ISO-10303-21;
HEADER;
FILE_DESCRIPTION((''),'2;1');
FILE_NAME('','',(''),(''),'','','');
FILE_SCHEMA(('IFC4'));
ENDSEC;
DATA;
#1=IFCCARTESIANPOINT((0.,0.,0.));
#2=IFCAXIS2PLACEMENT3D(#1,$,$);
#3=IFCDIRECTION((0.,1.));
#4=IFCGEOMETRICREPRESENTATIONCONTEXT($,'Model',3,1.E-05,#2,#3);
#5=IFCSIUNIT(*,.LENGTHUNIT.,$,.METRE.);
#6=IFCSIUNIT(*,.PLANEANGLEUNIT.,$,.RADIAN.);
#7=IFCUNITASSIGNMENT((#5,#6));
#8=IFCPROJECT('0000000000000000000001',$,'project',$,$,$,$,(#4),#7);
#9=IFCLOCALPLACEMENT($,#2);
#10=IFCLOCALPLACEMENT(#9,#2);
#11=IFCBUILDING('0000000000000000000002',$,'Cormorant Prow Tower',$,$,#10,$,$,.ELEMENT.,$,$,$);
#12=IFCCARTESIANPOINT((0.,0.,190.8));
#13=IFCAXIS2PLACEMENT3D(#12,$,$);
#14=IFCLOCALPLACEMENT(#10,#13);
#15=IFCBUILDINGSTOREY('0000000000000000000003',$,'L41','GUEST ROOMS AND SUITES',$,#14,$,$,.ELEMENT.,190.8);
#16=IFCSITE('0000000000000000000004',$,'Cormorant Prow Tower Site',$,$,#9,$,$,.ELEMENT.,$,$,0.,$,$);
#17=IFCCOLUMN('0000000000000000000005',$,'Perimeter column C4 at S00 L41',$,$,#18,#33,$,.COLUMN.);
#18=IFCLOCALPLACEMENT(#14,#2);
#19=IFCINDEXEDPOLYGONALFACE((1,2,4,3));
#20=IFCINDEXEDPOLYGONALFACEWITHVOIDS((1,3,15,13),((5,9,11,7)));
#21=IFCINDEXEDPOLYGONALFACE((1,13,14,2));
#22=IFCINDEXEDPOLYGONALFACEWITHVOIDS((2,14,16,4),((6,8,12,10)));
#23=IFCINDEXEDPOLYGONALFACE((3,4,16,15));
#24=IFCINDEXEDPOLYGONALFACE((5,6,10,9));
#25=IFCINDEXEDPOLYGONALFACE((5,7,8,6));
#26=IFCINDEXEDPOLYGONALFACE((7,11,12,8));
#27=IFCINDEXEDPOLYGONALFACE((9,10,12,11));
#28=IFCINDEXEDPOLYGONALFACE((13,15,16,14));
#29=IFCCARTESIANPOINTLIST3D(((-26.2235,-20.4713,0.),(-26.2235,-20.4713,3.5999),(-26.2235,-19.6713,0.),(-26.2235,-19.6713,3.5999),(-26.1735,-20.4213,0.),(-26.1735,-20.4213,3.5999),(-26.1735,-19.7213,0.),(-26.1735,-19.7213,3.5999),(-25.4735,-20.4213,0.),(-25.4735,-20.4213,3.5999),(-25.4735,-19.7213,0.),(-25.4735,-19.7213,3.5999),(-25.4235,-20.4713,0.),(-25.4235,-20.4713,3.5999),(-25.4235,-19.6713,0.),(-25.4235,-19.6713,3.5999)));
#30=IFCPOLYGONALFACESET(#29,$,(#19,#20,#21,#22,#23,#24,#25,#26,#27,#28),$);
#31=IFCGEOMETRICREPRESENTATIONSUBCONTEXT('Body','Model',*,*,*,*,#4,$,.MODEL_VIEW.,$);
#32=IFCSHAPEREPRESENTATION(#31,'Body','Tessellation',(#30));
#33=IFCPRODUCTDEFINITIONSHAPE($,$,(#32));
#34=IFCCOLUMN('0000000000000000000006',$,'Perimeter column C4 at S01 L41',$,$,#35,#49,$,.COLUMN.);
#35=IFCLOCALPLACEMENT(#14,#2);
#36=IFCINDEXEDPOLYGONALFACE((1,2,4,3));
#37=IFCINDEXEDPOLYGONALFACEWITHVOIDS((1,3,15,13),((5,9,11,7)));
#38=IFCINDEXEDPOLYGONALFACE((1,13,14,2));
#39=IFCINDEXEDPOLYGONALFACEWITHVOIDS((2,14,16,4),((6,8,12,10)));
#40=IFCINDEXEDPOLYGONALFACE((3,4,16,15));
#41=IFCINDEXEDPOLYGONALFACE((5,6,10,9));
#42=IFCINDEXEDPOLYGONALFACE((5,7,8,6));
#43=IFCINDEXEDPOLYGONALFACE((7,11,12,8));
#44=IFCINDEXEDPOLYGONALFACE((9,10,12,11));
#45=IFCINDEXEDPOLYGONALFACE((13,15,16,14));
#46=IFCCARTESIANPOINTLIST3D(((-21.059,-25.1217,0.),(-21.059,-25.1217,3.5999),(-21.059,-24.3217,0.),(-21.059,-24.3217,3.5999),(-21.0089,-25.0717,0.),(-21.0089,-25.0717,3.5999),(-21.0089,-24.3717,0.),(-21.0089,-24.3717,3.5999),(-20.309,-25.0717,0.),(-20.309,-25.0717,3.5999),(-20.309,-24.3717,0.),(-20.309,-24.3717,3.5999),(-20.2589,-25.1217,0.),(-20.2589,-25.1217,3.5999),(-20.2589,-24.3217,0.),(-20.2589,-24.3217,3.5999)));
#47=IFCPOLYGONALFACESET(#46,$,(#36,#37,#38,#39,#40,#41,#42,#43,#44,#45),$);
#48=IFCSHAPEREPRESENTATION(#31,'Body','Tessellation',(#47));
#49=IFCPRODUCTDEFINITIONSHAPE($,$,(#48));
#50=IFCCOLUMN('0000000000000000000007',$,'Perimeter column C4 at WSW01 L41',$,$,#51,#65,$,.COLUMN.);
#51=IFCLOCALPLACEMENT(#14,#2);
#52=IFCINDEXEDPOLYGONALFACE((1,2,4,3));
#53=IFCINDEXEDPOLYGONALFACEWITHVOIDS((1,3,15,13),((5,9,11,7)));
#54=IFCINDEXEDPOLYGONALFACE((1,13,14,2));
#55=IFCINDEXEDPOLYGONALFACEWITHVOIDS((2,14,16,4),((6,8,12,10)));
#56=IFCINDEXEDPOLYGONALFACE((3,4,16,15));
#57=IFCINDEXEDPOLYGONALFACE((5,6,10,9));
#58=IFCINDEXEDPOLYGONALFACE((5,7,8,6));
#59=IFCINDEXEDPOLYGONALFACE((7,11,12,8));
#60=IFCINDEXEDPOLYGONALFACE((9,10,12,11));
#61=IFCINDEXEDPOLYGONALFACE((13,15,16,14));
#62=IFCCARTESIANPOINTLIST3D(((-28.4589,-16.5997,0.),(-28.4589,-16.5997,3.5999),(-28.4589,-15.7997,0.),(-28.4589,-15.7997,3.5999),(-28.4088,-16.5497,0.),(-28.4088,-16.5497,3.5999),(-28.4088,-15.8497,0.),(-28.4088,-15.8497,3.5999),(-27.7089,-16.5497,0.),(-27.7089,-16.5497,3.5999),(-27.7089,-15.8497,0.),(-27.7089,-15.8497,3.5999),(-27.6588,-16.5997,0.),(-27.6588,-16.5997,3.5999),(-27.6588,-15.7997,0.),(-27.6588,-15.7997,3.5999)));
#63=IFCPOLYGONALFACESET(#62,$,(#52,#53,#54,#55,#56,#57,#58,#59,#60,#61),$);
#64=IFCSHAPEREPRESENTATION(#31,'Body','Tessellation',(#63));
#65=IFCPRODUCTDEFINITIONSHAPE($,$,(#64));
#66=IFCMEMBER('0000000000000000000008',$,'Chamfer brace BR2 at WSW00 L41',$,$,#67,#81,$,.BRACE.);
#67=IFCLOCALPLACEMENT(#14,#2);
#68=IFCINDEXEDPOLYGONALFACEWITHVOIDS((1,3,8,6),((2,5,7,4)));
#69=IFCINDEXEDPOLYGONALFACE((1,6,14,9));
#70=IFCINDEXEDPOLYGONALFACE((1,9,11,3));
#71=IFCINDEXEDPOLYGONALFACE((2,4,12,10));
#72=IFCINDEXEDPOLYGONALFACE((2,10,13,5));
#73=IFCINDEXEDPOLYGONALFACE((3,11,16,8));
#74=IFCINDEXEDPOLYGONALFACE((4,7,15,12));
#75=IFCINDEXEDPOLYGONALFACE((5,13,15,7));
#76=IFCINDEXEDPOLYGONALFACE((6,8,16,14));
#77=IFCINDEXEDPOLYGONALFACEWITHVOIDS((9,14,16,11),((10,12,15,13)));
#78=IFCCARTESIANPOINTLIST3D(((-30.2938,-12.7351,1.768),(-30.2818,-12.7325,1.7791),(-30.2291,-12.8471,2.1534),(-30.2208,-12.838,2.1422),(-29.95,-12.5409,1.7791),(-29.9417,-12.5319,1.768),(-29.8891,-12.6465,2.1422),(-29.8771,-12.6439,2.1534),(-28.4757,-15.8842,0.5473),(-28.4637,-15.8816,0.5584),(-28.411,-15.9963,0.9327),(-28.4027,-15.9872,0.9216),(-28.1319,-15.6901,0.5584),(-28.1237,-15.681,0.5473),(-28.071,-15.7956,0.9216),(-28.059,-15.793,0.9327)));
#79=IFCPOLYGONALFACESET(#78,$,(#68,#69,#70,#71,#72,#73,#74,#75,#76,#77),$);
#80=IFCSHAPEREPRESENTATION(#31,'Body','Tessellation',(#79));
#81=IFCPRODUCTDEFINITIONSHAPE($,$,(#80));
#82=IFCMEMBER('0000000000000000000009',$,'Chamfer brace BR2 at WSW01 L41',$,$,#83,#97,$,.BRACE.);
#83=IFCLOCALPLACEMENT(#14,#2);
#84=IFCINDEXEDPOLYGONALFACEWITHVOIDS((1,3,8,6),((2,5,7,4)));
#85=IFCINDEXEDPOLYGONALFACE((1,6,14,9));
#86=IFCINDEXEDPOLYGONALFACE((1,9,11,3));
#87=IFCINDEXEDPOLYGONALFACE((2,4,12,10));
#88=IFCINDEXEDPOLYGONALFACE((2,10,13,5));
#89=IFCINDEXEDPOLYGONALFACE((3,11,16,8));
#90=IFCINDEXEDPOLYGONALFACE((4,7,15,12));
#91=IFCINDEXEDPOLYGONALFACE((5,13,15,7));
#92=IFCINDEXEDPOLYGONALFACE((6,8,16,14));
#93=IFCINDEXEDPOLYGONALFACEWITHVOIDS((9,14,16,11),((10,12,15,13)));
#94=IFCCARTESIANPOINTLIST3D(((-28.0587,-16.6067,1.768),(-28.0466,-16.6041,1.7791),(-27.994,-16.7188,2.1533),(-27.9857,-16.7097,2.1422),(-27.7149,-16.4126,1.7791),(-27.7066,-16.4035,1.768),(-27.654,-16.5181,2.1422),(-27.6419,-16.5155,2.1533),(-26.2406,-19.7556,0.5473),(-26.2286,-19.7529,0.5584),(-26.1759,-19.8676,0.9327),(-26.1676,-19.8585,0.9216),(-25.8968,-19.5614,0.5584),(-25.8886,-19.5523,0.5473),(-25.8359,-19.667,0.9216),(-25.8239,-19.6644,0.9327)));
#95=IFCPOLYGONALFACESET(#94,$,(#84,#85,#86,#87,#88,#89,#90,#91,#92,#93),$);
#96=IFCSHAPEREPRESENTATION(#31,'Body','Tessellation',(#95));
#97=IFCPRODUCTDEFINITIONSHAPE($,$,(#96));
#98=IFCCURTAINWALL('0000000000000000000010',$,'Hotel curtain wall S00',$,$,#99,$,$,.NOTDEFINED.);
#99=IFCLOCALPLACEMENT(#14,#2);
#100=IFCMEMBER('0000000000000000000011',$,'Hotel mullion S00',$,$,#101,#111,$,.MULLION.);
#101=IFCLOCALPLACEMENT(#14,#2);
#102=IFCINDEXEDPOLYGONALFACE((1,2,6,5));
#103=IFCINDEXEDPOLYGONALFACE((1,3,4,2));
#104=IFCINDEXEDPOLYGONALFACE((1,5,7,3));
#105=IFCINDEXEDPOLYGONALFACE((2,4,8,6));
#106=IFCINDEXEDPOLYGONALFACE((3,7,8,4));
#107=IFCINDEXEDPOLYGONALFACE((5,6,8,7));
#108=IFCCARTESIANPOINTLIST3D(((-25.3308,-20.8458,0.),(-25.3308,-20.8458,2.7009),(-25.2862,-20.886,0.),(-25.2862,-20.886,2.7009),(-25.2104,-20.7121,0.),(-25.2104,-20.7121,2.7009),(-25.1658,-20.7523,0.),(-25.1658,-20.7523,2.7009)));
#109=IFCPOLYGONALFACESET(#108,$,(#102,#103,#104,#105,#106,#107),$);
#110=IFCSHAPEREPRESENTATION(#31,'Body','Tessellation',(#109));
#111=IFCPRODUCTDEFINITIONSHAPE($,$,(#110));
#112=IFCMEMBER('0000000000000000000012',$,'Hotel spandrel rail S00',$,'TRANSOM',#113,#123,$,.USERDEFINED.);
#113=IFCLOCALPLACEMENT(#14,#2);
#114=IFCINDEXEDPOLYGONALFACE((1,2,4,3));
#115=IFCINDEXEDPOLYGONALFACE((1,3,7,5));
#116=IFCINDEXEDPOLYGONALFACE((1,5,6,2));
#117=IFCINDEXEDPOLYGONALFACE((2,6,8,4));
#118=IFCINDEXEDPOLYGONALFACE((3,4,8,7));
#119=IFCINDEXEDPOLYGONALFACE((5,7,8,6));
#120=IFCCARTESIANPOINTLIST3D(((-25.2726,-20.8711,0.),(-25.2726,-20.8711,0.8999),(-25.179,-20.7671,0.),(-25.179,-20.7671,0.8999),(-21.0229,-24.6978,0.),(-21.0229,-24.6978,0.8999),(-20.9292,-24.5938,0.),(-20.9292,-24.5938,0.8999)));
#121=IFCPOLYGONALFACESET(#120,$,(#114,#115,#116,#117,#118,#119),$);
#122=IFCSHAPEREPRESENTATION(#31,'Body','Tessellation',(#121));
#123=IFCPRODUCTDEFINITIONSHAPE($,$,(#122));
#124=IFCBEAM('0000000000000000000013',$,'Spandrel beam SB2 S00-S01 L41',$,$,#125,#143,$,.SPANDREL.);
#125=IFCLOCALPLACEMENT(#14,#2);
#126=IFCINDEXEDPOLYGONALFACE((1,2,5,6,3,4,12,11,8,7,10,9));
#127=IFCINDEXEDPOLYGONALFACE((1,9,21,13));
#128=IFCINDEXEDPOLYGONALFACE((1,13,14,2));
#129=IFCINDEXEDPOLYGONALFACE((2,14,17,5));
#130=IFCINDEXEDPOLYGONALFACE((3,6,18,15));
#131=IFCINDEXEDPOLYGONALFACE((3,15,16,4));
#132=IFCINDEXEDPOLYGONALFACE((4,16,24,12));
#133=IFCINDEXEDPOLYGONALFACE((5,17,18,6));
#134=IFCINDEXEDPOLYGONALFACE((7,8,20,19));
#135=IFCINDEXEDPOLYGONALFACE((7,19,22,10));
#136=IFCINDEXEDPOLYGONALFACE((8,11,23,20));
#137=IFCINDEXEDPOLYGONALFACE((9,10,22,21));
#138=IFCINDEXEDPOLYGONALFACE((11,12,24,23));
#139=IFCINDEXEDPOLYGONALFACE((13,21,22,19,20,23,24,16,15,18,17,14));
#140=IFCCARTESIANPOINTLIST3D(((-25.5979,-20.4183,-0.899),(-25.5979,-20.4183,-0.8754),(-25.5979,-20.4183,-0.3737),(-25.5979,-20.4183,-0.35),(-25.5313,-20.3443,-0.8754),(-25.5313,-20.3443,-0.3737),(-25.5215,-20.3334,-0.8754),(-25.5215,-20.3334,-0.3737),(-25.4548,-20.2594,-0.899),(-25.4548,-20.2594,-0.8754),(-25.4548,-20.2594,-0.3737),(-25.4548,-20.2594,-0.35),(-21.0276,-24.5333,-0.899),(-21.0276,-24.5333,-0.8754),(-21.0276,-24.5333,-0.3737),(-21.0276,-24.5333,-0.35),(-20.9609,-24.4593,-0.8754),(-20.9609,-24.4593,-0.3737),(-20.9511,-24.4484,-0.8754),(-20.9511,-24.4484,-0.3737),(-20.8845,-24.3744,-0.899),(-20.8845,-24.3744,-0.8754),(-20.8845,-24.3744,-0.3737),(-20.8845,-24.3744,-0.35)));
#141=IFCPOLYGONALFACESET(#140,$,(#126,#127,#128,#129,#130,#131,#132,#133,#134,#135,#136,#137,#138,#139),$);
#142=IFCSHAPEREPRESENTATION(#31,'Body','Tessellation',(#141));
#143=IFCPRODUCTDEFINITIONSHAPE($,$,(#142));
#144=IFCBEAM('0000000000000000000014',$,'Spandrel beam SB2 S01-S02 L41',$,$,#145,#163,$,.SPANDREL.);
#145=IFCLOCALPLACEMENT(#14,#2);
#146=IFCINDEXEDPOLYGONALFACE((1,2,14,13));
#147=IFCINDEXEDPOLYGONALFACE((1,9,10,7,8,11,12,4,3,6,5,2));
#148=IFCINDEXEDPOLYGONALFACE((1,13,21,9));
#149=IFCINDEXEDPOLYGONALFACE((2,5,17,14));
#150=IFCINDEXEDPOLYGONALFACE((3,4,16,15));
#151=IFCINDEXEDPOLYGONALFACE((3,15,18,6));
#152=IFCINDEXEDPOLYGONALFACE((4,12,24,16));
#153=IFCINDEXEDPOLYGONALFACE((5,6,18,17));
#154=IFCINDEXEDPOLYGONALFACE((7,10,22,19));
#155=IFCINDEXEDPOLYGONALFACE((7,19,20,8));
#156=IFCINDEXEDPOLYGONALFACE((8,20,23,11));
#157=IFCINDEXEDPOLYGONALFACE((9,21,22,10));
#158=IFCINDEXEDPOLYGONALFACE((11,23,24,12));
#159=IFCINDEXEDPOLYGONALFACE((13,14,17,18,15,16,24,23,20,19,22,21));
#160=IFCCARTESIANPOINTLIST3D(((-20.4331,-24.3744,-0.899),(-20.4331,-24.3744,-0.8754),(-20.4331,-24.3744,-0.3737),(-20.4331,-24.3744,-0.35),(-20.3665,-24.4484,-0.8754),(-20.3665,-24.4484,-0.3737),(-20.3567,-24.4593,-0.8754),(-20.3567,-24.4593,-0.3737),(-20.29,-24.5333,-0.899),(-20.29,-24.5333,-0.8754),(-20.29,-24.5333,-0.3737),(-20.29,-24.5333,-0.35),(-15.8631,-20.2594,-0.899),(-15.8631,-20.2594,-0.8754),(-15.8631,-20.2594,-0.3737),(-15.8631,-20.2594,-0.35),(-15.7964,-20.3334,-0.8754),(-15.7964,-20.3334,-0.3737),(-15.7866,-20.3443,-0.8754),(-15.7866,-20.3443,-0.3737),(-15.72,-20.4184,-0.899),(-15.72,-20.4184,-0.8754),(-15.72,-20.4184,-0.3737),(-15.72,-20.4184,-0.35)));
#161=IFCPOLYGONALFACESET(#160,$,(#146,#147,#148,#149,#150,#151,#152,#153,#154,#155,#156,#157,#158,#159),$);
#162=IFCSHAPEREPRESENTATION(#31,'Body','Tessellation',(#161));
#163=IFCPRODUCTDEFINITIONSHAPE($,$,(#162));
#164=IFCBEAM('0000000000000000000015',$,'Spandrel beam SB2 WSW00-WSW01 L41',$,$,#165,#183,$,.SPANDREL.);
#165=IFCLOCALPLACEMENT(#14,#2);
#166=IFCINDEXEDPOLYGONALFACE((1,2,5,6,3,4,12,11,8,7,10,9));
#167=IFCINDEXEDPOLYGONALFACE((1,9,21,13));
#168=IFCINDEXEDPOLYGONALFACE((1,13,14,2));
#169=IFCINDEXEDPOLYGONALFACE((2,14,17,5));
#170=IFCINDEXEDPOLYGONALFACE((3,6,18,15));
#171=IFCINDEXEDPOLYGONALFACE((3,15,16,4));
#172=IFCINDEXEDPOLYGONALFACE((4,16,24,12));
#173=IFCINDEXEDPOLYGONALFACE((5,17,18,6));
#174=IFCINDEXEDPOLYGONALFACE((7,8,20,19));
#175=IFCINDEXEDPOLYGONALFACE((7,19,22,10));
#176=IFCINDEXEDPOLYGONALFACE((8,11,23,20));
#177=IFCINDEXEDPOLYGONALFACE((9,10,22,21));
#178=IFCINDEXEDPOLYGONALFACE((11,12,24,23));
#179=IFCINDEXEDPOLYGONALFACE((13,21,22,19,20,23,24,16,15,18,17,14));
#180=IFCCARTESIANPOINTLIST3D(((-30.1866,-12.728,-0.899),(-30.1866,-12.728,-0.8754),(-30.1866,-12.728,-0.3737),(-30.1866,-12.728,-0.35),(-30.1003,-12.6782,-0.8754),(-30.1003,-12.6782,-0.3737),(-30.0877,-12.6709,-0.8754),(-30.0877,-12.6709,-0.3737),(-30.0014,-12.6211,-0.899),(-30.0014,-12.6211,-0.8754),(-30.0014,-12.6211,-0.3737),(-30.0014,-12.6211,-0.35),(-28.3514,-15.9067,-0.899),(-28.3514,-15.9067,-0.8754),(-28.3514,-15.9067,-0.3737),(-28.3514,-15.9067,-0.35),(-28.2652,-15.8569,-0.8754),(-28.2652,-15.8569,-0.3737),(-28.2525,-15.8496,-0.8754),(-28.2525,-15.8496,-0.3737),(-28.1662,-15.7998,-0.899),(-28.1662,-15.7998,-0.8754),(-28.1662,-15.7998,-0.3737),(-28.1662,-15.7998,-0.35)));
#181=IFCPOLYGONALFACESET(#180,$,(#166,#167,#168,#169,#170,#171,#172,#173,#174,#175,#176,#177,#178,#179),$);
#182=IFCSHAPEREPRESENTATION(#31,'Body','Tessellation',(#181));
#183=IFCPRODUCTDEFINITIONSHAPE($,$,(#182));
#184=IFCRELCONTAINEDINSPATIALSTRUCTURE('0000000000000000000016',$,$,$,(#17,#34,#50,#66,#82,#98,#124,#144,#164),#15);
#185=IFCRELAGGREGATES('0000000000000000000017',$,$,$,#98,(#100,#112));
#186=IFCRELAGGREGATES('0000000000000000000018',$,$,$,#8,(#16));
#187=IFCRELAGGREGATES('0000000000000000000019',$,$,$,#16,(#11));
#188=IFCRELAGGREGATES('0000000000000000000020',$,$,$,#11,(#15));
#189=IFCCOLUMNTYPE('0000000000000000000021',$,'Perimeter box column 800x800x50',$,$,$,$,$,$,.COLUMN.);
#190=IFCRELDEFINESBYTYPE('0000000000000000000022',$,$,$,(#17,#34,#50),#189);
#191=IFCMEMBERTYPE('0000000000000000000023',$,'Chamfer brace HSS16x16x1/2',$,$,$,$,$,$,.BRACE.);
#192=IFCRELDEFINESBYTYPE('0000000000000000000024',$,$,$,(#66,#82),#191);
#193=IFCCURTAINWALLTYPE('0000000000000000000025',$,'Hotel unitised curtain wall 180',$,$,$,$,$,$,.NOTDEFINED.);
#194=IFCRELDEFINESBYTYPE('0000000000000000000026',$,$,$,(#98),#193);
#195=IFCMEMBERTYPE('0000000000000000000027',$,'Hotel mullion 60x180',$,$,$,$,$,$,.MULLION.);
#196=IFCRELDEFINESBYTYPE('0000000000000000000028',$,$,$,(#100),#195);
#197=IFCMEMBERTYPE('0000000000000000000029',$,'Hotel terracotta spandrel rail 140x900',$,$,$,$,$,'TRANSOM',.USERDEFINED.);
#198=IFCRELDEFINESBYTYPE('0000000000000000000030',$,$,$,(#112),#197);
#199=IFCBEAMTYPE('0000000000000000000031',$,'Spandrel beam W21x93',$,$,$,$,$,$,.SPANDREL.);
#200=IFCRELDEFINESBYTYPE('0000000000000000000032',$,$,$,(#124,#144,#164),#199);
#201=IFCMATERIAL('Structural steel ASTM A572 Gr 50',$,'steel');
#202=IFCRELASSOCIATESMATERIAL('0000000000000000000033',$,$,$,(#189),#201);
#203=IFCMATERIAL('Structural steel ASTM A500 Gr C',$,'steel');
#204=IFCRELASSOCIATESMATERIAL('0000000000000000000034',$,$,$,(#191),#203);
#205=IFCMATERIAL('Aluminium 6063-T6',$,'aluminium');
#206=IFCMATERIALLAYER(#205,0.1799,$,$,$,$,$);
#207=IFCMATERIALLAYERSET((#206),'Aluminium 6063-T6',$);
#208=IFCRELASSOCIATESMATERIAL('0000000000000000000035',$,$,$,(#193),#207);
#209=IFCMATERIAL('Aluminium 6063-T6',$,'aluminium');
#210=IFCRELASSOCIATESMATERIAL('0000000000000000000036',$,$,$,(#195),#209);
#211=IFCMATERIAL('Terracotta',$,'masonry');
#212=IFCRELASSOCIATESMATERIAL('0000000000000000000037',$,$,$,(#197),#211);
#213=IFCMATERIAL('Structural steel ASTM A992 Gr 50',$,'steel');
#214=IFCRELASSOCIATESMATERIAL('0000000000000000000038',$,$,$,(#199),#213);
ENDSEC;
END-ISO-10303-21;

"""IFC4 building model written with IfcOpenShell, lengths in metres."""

from ifc_helpers import new_model, si_unit, direction, frame, origin, origin_2d, place, context, subcontext, project, spatial, rectangle, hollow_rectangle, i_section, extrude, material, layer, layer_set, material_profile, profile_set, type_object, element, aggregate, save


model = new_model("IFC4")

# Units and contexts
model_context = context("Model", 3, precision=1e-05, world=origin(), true_north=direction((0.0, 1.0)))
body_context = subcontext(model_context, "Body", "Model", "MODEL_VIEW")
ifc_project = project(units=[si_unit("LENGTHUNIT", "METRE"), si_unit("PLANEANGLEUNIT", "RADIAN")], contexts=[model_context])

# Site, building, storey
site_placement = place(None, origin())
site = spatial("IfcSite", under=ifc_project, at=site_placement, Name="Cormorant Prow Tower Site", CompositionType="ELEMENT", RefElevation=0.0)
building_placement = place(site_placement, origin())
building = spatial("IfcBuilding", under=site, at=building_placement, Name="Cormorant Prow Tower", CompositionType="ELEMENT")
storey_placement = place(building_placement, frame((0.0, 0.0, 190.8)))
storey = spatial("IfcBuildingStorey", under=building, at=storey_placement, Name="L41", Description="GUEST ROOMS AND SUITES", CompositionType="ELEMENT", Elevation=190.8)

# Columns
ifc_material_1 = material(Name="Structural steel ASTM A572 Gr 50", Category="steel")
ifc_material_profile_1 = material_profile(ifc_material_1, hollow_rectangle(XDim=0.8, YDim=0.8, WallThickness=0.05, at=origin_2d()), Name="Box 800x800x50")
ifc_profile_set_1 = profile_set([ifc_material_profile_1], Name="Structural steel ASTM A572 Gr 50")
column_type = type_object("IfcColumnType", Name="Perimeter box column 800x800x50", PredefinedType="COLUMN", material=ifc_profile_set_1)
for number, where, z_axis, x_axis, name in (
    (1, (-25.8235, -20.0713, 0.0), (0.0, 0.0, 1.0), (1.0, 0.0, 0.0), "Perimeter column C4 at S00 L41"),
    (2, (-20.6589, -24.7217, 0.0), (0.0, 0.0, 1.0), (1.0, 0.0, 0.0), "Perimeter column C4 at S01 L41"),
    (3, (-28.0588, -16.1997, 0.0), (0.0, 0.0, 1.0), (1.0, 0.0, 0.0), "Perimeter column C4 at WSW01 L41"),
):
    element("IfcColumn", number, at=place(storey_placement, frame(where, z_axis=z_axis, x_axis=x_axis)), inside=storey, type_object=column_type, Name=name, PredefinedType="COLUMN", context=body_context, shape_type="SweptSolid", body=[
        extrude(hollow_rectangle(XDim=0.8, YDim=0.8, WallThickness=0.05, at=origin_2d()), origin(), (0.0, 0.0, 1.0), 3.5999),
    ])

# Members
ifc_material_2 = material(Name="Structural steel ASTM A500 Gr C", Category="steel")
ifc_material_profile_2 = material_profile(ifc_material_2, hollow_rectangle(XDim=0.4065, YDim=0.4065, WallThickness=0.0117, at=origin_2d()), Name="HSS16x16x1/2")
ifc_profile_set_2 = profile_set([ifc_material_profile_2], Name="Structural steel ASTM A500 Gr C")
member_type_1 = type_object("IfcMemberType", Name="Chamfer brace HSS16x16x1/2", PredefinedType="BRACE", material=ifc_profile_set_2)
member_1_placement = place(storey_placement, frame((-28.2673, -15.8386, 0.74), z_axis=(-0.473993, 0.821006, 0.318244), x_axis=(-0.866032, -0.499988, 0.0)))
element("IfcMember", 4, at=member_1_placement, inside=storey, type_object=member_type_1, Name="Chamfer brace BR2 at WSW00 L41", PredefinedType="BRACE", context=body_context, shape_type="SweptSolid", body=[
    extrude(hollow_rectangle(XDim=0.4065, YDim=0.4065, WallThickness=0.0117, at=origin_2d()), origin(), (0.0, 0.0, 1.0), 3.8357),
])
member_2_placement = place(storey_placement, frame((-26.0322, -19.71, 0.74), z_axis=(-0.474018, 0.820986, 0.318261), x_axis=(-0.866016, -0.500017, 0.0)))
element("IfcMember", 5, at=member_2_placement, inside=storey, type_object=member_type_1, Name="Chamfer brace BR2 at WSW01 L41", PredefinedType="BRACE", context=body_context, shape_type="SweptSolid", body=[
    extrude(hollow_rectangle(XDim=0.4065, YDim=0.4065, WallThickness=0.0117, at=origin_2d()), origin(), (0.0, 0.0, 1.0), 3.8354),
])

# Curtain wall, members
ifc_material_3 = material(Name="Aluminium 6063-T6", Category="aluminium")
ifc_layer_1 = layer(ifc_material_3, 0.1799)
ifc_layer_set_1 = layer_set([ifc_layer_1], Name="Aluminium 6063-T6")
curtain_wall_type = type_object("IfcCurtainWallType", Name="Hotel unitised curtain wall 180", PredefinedType="NOTDEFINED", material=ifc_layer_set_1)
curtain_wall_placement = place(storey_placement, origin())
curtain_wall = element("IfcCurtainWall", 6, at=curtain_wall_placement, inside=storey, type_object=curtain_wall_type, Name="Hotel curtain wall S00", PredefinedType="NOTDEFINED")
ifc_material_4 = material(Name="Aluminium 6063-T6", Category="aluminium")
ifc_material_profile_3 = material_profile(ifc_material_4, rectangle(XDim=0.1799, YDim=0.0601, at=origin_2d()), Name="Hotel mullion 60x180")
ifc_profile_set_3 = profile_set([ifc_material_profile_3], Name="Aluminium 6063-T6")
member_type_2 = type_object("IfcMemberType", Name="Hotel mullion 60x180", PredefinedType="MULLION", material=ifc_profile_set_3)
member_3_placement = place(storey_placement, frame((-25.2483, -20.7991, 0.0), z_axis=(0.0, 0.0, 1.0), x_axis=(0.669131, 0.743145, 0.0)))
member_3 = element("IfcMember", 7, at=member_3_placement, type_object=member_type_2, Name="Hotel mullion S00", PredefinedType="MULLION", context=body_context, shape_type="SweptSolid", body=[
    extrude(rectangle(XDim=0.1799, YDim=0.0601, at=origin_2d()), origin(), (0.0, 0.0, 1.0), 2.7009),
])
ifc_material_5 = material(Name="Terracotta", Category="masonry")
ifc_material_profile_4 = material_profile(ifc_material_5, rectangle(XDim=0.1399, YDim=0.8999, at=origin_2d()), Name="Hotel terracotta spandrel rail 140x900")
ifc_profile_set_4 = profile_set([ifc_material_profile_4], Name="Terracotta")
member_type_3 = type_object("IfcMemberType", Name="Hotel terracotta spandrel rail 140x900", ElementType="TRANSOM", PredefinedType="USERDEFINED", material=ifc_profile_set_4)
member_4_placement = place(storey_placement, frame((-25.2258, -20.8191, 0.45), z_axis=(0.743131, -0.669146, 0.0), x_axis=(0.669146, 0.743131, 0.0)))
member_4 = element("IfcMember", 8, at=member_4_placement, type_object=member_type_3, Name="Hotel spandrel rail S00", ObjectType="TRANSOM", PredefinedType="USERDEFINED", context=body_context, shape_type="SweptSolid", body=[
    extrude(rectangle(XDim=0.1399, YDim=0.8999, at=origin_2d()), origin(), (0.0, 0.0, 1.0), 5.7188),
])

# Beams
ifc_material_6 = material(Name="Structural steel ASTM A992 Gr 50", Category="steel")
ifc_material_profile_5 = material_profile(ifc_material_6, i_section(OverallWidth=0.2139, OverallDepth=0.5491, WebThickness=0.0146, FlangeThickness=0.0237, at=origin_2d()), Name="W21x93")
ifc_profile_set_5 = profile_set([ifc_material_profile_5], Name="Structural steel ASTM A992 Gr 50")
beam_type = type_object("IfcBeamType", Name="Spandrel beam W21x93", PredefinedType="SPANDREL", material=ifc_profile_set_5)
beam_1_placement = place(storey_placement, frame((-25.5264, -20.3389, -0.6245), z_axis=(0.743156, -0.669118, 0.0), x_axis=(0.669118, 0.743156, 0.0)))
element("IfcBeam", 9, at=beam_1_placement, inside=storey, type_object=beam_type, Name="Spandrel beam SB2 S00-S01 L41", PredefinedType="SPANDREL", context=body_context, shape_type="SweptSolid", body=[
    extrude(i_section(OverallWidth=0.2139, OverallDepth=0.5491, WebThickness=0.0146, FlangeThickness=0.0237, at=origin_2d()), origin(), (0.0, 0.0, 1.0), 6.1499),
])
beam_2_placement = place(storey_placement, frame((-20.3616, -24.4539, -0.6245), z_axis=(0.743138, 0.669138, 0.0), x_axis=(-0.669138, 0.743138, 0.0)))
element("IfcBeam", 10, at=beam_2_placement, inside=storey, type_object=beam_type, Name="Spandrel beam SB2 S01-S02 L41", PredefinedType="SPANDREL", context=body_context, shape_type="SweptSolid", body=[
    extrude(i_section(OverallWidth=0.2139, OverallDepth=0.5491, WebThickness=0.0146, FlangeThickness=0.0237, at=origin_2d()), origin(), (0.0, 0.0, 1.0), 6.1497),
])
for number, where, z_axis, x_axis, name in (
    (11, (-30.094, -12.6746, -0.6245), (0.499995, -0.866028, 0.0), (0.866028, 0.499995, 0.0), "Spandrel beam SB2 WSW00-WSW01 L41"),
):
    element("IfcBeam", number, at=place(storey_placement, frame(where, z_axis=z_axis, x_axis=x_axis)), inside=storey, type_object=beam_type, Name=name, PredefinedType="SPANDREL", context=body_context, shape_type="SweptSolid", body=[
        extrude(i_section(OverallWidth=0.2139, OverallDepth=0.5491, WebThickness=0.0146, FlangeThickness=0.0237, at=origin_2d()), origin(), (0.0, 0.0, 1.0), 3.6704),
    ])

aggregate(curtain_wall, [member_3, member_4])

save(model, "model.ifc")
